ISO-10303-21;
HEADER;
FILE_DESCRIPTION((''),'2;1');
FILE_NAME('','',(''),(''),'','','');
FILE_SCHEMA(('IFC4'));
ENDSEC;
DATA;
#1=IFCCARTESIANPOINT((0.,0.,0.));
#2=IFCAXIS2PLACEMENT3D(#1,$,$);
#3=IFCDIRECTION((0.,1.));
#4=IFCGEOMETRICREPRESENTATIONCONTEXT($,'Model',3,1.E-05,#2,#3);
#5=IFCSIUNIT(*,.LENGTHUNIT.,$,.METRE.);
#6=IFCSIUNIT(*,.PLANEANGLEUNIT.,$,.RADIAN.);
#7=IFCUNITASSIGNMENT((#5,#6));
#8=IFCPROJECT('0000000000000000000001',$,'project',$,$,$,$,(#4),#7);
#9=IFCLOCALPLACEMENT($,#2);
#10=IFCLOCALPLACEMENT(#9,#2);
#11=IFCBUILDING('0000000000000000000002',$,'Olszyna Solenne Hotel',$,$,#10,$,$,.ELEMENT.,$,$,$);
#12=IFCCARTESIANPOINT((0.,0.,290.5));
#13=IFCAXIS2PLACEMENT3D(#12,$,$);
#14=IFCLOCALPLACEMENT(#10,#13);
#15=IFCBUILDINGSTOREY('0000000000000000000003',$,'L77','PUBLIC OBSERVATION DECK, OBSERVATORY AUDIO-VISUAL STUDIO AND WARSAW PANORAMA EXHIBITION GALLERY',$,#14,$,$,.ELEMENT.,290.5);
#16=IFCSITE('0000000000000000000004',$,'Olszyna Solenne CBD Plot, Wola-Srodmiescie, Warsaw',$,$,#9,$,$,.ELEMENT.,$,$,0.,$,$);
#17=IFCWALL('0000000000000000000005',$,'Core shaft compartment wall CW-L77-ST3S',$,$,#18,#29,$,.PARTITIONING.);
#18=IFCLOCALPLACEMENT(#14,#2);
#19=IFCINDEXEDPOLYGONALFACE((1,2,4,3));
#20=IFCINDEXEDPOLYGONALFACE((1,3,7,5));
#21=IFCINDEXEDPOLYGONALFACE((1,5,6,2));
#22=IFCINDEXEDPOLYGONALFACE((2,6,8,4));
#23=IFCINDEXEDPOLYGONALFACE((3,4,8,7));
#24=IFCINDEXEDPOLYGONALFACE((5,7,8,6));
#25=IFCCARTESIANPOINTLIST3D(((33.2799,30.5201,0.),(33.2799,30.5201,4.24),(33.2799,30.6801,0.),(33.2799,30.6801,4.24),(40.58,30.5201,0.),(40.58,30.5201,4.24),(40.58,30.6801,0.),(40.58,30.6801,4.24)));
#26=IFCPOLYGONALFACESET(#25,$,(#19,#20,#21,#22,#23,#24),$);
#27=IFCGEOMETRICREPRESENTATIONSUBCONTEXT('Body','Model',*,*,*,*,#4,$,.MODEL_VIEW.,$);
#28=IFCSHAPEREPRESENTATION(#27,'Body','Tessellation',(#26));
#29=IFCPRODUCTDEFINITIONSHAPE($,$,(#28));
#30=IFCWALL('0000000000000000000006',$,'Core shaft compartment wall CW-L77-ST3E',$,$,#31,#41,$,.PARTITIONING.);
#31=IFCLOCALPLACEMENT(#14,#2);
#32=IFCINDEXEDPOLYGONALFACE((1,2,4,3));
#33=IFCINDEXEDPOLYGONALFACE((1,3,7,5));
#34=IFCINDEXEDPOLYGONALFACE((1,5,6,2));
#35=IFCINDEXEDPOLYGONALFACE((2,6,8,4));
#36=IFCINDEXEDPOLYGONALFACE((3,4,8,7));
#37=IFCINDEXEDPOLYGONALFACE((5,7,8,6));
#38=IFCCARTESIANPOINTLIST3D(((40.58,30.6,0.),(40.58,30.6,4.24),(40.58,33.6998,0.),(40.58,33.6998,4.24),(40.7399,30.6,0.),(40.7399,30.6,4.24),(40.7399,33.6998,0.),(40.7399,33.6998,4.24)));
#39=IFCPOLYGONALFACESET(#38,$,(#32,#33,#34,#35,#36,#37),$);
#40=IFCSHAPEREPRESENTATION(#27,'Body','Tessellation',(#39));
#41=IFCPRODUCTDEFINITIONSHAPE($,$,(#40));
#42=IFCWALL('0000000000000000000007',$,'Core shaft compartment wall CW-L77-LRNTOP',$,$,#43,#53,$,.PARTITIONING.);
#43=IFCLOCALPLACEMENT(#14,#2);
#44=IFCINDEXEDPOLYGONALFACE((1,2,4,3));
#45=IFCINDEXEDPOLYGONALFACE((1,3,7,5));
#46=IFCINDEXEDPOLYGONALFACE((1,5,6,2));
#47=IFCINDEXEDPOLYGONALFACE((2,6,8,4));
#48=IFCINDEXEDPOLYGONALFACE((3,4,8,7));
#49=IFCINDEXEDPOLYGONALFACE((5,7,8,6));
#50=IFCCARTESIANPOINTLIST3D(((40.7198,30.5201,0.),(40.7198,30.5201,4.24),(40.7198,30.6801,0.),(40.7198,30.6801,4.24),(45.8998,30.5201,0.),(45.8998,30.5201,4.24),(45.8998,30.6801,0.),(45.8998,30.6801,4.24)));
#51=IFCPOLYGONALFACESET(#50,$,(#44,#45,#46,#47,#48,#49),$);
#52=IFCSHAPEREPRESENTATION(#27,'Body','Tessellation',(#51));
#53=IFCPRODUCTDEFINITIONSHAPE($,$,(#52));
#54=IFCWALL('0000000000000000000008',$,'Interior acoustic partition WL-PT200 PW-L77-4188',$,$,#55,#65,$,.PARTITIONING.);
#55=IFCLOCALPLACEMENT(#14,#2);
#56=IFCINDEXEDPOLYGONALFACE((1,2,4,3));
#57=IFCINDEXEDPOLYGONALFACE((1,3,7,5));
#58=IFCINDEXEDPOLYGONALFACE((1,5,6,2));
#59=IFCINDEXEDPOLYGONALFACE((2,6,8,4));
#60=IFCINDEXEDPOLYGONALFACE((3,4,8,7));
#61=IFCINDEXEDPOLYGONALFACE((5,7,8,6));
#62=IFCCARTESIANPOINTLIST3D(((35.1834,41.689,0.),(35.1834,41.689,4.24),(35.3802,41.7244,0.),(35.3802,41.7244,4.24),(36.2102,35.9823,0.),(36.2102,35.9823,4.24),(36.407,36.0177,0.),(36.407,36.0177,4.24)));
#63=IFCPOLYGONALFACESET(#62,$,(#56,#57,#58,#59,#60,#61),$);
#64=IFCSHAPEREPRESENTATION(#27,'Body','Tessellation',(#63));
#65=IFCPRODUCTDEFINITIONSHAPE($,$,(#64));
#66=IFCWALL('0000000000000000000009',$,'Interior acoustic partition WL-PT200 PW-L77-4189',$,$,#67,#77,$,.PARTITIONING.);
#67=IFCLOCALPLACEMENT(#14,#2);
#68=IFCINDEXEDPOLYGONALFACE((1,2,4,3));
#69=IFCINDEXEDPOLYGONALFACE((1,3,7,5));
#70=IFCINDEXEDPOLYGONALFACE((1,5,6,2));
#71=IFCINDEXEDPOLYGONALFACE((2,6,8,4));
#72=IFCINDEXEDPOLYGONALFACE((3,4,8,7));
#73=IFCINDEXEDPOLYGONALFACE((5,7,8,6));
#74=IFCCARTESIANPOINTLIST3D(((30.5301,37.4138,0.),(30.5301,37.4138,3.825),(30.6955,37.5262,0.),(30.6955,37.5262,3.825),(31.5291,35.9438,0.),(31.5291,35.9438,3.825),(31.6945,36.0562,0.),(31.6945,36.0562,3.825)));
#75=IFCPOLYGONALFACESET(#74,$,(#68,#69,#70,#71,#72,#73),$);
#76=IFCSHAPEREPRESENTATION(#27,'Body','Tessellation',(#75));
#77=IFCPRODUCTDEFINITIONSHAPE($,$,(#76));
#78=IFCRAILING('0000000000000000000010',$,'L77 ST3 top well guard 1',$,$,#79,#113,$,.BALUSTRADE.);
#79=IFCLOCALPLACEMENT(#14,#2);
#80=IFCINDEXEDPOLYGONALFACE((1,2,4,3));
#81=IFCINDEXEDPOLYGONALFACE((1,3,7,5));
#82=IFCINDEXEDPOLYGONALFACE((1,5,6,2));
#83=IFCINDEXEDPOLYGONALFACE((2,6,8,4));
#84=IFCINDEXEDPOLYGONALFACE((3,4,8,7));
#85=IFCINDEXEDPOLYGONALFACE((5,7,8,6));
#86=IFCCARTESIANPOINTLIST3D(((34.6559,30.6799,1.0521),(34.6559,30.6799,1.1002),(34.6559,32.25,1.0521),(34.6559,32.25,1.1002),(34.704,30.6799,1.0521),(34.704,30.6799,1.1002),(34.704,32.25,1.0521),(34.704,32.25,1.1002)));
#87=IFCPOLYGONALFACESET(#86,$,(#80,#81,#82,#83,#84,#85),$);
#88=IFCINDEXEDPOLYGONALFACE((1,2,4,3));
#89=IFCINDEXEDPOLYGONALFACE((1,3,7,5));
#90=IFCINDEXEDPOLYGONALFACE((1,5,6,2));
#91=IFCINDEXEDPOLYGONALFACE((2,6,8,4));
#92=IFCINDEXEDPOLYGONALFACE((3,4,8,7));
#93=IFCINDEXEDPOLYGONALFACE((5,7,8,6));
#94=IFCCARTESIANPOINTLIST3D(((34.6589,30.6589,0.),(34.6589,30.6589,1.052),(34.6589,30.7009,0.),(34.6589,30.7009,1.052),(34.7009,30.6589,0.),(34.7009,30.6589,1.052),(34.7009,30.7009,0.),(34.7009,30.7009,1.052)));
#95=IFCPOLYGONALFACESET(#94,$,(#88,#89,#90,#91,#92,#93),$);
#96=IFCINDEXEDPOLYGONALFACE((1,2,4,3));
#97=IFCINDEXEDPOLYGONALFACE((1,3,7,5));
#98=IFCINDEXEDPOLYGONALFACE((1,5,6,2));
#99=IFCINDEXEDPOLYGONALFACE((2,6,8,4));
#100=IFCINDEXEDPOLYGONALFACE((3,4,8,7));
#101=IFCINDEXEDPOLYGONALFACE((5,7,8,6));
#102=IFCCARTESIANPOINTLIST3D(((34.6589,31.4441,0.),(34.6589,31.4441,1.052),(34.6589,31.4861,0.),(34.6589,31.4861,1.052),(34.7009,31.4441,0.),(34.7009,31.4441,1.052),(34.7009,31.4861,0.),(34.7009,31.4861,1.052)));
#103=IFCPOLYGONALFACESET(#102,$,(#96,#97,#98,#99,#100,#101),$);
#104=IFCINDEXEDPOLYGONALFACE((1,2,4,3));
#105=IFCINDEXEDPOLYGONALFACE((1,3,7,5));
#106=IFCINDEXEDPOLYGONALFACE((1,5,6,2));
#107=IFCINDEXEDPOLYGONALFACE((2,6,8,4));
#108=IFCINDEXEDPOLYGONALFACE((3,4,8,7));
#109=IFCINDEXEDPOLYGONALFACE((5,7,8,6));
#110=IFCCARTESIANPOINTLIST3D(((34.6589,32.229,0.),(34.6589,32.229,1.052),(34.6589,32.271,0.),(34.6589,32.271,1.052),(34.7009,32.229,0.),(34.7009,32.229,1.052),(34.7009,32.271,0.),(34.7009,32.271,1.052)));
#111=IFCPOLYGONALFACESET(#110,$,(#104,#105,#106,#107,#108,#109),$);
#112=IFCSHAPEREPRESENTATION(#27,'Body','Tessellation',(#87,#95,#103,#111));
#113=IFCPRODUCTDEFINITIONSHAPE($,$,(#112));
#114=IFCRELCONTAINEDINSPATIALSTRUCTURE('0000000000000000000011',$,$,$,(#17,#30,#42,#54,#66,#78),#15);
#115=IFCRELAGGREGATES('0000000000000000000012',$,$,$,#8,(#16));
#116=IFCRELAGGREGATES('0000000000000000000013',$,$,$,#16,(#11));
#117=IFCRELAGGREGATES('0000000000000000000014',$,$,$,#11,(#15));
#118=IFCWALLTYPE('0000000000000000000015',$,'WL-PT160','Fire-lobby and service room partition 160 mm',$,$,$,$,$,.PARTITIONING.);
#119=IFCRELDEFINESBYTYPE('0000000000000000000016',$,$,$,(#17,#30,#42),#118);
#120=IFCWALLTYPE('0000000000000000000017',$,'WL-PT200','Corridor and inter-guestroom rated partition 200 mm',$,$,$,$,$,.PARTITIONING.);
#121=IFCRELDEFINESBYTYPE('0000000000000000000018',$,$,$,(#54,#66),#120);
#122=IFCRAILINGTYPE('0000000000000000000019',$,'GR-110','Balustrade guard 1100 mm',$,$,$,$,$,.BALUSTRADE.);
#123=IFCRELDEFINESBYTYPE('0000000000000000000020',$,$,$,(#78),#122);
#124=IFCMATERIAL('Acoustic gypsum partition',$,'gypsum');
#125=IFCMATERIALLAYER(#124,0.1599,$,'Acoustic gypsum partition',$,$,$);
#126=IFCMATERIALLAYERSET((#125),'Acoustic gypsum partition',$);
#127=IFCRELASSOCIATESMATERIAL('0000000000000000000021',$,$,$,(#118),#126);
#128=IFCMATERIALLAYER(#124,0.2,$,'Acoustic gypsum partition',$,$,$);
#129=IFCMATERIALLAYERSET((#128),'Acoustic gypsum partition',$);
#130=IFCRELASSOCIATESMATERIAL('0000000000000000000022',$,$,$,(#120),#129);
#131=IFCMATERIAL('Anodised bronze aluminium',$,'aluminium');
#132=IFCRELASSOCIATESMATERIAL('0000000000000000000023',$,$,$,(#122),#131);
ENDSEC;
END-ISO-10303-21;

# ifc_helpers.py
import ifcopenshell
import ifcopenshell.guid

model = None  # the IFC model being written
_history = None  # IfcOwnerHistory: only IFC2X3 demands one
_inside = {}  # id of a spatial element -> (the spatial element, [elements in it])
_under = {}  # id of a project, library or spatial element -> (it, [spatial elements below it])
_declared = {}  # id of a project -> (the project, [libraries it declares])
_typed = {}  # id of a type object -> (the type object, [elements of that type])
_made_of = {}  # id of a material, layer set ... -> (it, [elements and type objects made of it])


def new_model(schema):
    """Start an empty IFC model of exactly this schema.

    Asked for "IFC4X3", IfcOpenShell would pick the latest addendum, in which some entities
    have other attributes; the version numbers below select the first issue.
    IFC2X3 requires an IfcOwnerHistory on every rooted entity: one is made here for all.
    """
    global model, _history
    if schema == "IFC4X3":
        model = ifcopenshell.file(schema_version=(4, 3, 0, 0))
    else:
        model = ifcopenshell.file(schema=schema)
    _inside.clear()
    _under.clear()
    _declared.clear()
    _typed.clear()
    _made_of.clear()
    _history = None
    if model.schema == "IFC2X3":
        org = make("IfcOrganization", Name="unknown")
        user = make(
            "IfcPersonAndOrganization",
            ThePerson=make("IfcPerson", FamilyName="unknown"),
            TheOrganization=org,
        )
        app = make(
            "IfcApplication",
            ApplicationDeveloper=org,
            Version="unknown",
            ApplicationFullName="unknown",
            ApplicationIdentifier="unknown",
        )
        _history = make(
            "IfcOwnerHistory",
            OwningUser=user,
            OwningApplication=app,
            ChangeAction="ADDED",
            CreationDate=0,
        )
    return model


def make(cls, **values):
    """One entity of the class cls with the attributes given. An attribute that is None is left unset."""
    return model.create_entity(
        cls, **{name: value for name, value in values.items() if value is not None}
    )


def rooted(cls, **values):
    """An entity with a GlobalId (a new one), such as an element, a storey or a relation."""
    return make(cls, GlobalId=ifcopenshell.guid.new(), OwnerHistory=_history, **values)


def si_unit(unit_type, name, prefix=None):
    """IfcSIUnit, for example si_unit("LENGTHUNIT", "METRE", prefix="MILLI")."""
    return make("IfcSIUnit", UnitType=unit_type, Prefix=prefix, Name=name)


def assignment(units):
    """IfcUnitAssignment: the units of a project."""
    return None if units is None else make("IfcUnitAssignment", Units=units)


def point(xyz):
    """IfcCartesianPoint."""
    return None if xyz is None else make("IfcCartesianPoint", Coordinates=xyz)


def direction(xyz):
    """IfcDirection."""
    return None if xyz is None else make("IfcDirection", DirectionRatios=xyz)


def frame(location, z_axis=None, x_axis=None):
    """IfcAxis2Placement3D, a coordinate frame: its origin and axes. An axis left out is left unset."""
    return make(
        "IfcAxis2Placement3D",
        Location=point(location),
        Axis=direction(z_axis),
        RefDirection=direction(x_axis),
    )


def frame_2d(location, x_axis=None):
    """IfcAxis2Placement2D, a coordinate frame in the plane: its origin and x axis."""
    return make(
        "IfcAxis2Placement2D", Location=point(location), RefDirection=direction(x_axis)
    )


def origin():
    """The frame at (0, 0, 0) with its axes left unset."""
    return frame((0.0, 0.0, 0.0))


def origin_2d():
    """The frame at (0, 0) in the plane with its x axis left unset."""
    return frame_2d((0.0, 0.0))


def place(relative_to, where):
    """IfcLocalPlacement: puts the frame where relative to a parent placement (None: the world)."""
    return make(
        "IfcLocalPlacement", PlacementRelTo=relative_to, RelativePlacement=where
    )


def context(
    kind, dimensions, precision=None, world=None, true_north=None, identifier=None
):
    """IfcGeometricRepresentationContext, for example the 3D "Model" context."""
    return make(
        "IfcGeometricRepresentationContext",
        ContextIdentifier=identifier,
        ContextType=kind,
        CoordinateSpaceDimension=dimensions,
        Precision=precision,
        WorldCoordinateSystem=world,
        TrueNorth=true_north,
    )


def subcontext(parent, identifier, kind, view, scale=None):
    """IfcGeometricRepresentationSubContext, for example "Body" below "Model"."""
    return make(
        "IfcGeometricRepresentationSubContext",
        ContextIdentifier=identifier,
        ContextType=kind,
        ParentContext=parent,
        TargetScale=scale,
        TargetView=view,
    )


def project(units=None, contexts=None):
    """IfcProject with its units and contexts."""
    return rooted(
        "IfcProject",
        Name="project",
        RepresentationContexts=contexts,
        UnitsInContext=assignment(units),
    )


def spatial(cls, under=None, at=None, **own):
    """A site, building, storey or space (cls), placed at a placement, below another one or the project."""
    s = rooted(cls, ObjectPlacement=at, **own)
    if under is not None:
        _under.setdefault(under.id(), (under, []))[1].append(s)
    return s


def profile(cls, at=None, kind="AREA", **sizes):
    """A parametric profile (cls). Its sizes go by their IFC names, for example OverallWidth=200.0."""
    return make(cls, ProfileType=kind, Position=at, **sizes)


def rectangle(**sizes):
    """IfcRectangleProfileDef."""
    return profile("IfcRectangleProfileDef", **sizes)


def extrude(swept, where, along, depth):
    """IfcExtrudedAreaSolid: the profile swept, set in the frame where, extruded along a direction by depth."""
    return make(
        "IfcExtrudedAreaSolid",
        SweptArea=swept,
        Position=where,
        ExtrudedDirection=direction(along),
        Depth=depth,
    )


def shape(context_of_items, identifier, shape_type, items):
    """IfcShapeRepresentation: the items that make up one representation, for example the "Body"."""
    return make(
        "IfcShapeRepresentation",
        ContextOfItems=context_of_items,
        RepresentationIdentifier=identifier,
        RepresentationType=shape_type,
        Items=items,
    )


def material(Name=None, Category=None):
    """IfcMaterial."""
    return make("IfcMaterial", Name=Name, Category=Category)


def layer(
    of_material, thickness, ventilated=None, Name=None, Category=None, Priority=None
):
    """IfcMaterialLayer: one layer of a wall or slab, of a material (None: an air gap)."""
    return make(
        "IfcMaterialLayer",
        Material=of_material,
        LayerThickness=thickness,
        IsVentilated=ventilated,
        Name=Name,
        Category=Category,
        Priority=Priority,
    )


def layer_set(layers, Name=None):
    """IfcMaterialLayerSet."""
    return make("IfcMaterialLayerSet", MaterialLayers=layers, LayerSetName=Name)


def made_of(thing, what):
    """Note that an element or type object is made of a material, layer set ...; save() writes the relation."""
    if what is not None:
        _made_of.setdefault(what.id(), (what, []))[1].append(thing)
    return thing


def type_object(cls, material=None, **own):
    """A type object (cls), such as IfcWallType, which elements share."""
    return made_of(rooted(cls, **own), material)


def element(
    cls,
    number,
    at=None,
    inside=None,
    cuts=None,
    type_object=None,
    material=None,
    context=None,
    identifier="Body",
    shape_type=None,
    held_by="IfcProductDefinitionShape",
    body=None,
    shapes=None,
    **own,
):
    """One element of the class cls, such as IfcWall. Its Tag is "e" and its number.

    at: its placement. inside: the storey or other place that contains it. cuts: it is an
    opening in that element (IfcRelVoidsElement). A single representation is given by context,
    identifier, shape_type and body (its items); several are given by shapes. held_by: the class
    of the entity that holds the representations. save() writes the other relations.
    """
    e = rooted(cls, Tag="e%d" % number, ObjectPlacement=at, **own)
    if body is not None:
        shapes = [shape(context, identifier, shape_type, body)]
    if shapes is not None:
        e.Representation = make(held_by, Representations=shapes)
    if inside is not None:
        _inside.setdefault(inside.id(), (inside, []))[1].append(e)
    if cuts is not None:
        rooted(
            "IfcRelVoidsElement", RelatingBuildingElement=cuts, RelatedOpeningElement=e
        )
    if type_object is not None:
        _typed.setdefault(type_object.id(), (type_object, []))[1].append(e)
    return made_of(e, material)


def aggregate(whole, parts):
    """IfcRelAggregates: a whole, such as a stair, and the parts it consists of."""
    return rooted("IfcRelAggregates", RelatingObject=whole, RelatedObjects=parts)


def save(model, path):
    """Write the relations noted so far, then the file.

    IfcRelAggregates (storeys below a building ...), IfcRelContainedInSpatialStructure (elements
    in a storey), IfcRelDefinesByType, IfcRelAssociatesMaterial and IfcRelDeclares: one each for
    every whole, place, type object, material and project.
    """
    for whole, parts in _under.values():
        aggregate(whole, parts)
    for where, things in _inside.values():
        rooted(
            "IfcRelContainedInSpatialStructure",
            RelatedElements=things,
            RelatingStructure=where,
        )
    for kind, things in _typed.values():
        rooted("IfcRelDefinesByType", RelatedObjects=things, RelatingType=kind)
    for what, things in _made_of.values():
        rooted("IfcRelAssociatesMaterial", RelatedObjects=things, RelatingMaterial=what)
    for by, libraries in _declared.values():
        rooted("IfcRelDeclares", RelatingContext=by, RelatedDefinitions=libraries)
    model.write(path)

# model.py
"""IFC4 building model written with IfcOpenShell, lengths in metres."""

from ifc_helpers import new_model, si_unit, direction, frame, frame_2d, origin, origin_2d, place, context, subcontext, project, spatial, rectangle, extrude, material, layer, layer_set, type_object, element, save


model = new_model("IFC4")

# Units and contexts
model_context = context("Model", 3, precision=1e-05, world=origin(), true_north=direction((0.0, 1.0)))
body_context = subcontext(model_context, "Body", "Model", "MODEL_VIEW")
ifc_project = project(units=[si_unit("LENGTHUNIT", "METRE"), si_unit("PLANEANGLEUNIT", "RADIAN")], contexts=[model_context])

# Site, building, storey
site_placement = place(None, origin())
site = spatial("IfcSite", under=ifc_project, at=site_placement, Name="Olszyna Solenne CBD Plot, Wola-Srodmiescie, Warsaw", CompositionType="ELEMENT", RefElevation=0.0)
building_placement = place(site_placement, origin())
building = spatial("IfcBuilding", under=site, at=building_placement, Name="Olszyna Solenne Hotel", CompositionType="ELEMENT")
storey_placement = place(building_placement, frame((0.0, 0.0, 290.5)))
storey = spatial("IfcBuildingStorey", under=building, at=storey_placement, Name="L77", Description="PUBLIC OBSERVATION DECK, OBSERVATORY AUDIO-VISUAL STUDIO AND WARSAW PANORAMA EXHIBITION GALLERY", CompositionType="ELEMENT", Elevation=290.5)

# Shared definitions
ifc_material_1 = material(Name="Anodised bronze aluminium", Category="aluminium")

# Walls
ifc_material_2 = material(Name="Acoustic gypsum partition", Category="gypsum")
ifc_layer_1 = layer(ifc_material_2, 0.1599, Name="Acoustic gypsum partition")
ifc_layer_set_1 = layer_set([ifc_layer_1], Name="Acoustic gypsum partition")
wall_type_1 = type_object("IfcWallType", Name="WL-PT160", Description="Fire-lobby and service room partition 160 mm", PredefinedType="PARTITIONING", material=ifc_layer_set_1)
wall_1_placement = place(storey_placement, frame((33.28, 30.6001, 0.0), z_axis=(0.0, 0.0, 1.0), x_axis=(1.0, 0.0, 0.0)))
element("IfcWall", 1, at=wall_1_placement, inside=storey, type_object=wall_type_1, Name="Core shaft compartment wall CW-L77-ST3S", PredefinedType="PARTITIONING", context=body_context, shape_type="SweptSolid", body=[
    extrude(rectangle(XDim=7.3, YDim=0.1599, at=frame_2d((3.6499, 0.0))), origin(), (0.0, 0.0, 1.0), 4.24),
])
wall_2_placement = place(storey_placement, frame((40.6599, 30.6001, 0.0), z_axis=(0.0, 0.0, 1.0), x_axis=(0.0, 1.0, 0.0)))
element("IfcWall", 2, at=wall_2_placement, inside=storey, type_object=wall_type_1, Name="Core shaft compartment wall CW-L77-ST3E", PredefinedType="PARTITIONING", context=body_context, shape_type="SweptSolid", body=[
    extrude(rectangle(XDim=3.0999, YDim=0.1599, at=frame_2d((1.5498, 0.0))), origin(), (0.0, 0.0, 1.0), 4.24),
])
wall_3_placement = place(storey_placement, frame((40.72, 30.6001, 0.0), z_axis=(0.0, 0.0, 1.0), x_axis=(1.0, 0.0, 0.0)))
element("IfcWall", 3, at=wall_3_placement, inside=storey, type_object=wall_type_1, Name="Core shaft compartment wall CW-L77-LRNTOP", PredefinedType="PARTITIONING", context=body_context, shape_type="SweptSolid", body=[
    extrude(rectangle(XDim=5.1799, YDim=0.1599, at=frame_2d((2.5898, 0.0))), origin(), (0.0, 0.0, 1.0), 4.24),
])
ifc_layer_2 = layer(ifc_material_2, 0.2, Name="Acoustic gypsum partition")
ifc_layer_set_2 = layer_set([ifc_layer_2], Name="Acoustic gypsum partition")
wall_type_2 = type_object("IfcWallType", Name="WL-PT200", Description="Corridor and inter-guestroom rated partition 200 mm", PredefinedType="PARTITIONING", material=ifc_layer_set_2)
wall_4_placement = place(storey_placement, frame((36.3086, 36.0, 0.0), z_axis=(0.0, 0.0, 1.0), x_axis=(-0.177092, 0.984194, 0.0)))
element("IfcWall", 4, at=wall_4_placement, inside=storey, type_object=wall_type_2, Name="Interior acoustic partition WL-PT200 PW-L77-4188", PredefinedType="PARTITIONING", context=body_context, shape_type="SweptSolid", body=[
    extrude(rectangle(XDim=5.7983, YDim=0.2, at=frame_2d((2.8992, 0.0))), origin(), (0.0, 0.0, 1.0), 4.24),
])
wall_5_placement = place(storey_placement, frame((31.6118, 36.0, 0.0), z_axis=(0.0, 0.0, 1.0), x_axis=(-0.562096, 0.827072, 0.0)))
element("IfcWall", 5, at=wall_5_placement, inside=storey, type_object=wall_type_2, Name="Interior acoustic partition WL-PT200 PW-L77-4189", PredefinedType="PARTITIONING", context=body_context, shape_type="SweptSolid", body=[
    extrude(rectangle(XDim=1.7773, YDim=0.2, at=frame_2d((0.8887, 0.0))), origin(), (0.0, 0.0, 1.0), 3.825),
])

# Railing
railing_type = type_object("IfcRailingType", Name="GR-110", Description="Balustrade guard 1100 mm", PredefinedType="BALUSTRADE", material=ifc_material_1)
railing_placement = place(storey_placement, frame((34.6799, 30.6799, 0.0)))
element("IfcRailing", 6, at=railing_placement, inside=storey, type_object=railing_type, Name="L77 ST3 top well guard 1", PredefinedType="BALUSTRADE", context=body_context, shape_type="SweptSolid", body=[
    extrude(rectangle(XDim=0.0481, YDim=0.0481, at=origin_2d()), frame((0.0, 0.0, 1.0762), z_axis=(0.0, 1.0, 0.0), x_axis=(-1.0, 0.0, 0.0)), (0.0, 0.0, 1.0), 1.5701),
    extrude(rectangle(XDim=0.042, YDim=0.042, at=origin_2d()), origin(), (0.0, 0.0, 1.0), 1.052),
    extrude(rectangle(XDim=0.042, YDim=0.042, at=origin_2d()), frame((0.0, 0.7852, 0.0)), (0.0, 0.0, 1.0), 1.052),
    extrude(rectangle(XDim=0.042, YDim=0.042, at=origin_2d()), frame((0.0, 1.5701, 0.0)), (0.0, 0.0, 1.0), 1.052),
])

save(model, "model.ifc")
